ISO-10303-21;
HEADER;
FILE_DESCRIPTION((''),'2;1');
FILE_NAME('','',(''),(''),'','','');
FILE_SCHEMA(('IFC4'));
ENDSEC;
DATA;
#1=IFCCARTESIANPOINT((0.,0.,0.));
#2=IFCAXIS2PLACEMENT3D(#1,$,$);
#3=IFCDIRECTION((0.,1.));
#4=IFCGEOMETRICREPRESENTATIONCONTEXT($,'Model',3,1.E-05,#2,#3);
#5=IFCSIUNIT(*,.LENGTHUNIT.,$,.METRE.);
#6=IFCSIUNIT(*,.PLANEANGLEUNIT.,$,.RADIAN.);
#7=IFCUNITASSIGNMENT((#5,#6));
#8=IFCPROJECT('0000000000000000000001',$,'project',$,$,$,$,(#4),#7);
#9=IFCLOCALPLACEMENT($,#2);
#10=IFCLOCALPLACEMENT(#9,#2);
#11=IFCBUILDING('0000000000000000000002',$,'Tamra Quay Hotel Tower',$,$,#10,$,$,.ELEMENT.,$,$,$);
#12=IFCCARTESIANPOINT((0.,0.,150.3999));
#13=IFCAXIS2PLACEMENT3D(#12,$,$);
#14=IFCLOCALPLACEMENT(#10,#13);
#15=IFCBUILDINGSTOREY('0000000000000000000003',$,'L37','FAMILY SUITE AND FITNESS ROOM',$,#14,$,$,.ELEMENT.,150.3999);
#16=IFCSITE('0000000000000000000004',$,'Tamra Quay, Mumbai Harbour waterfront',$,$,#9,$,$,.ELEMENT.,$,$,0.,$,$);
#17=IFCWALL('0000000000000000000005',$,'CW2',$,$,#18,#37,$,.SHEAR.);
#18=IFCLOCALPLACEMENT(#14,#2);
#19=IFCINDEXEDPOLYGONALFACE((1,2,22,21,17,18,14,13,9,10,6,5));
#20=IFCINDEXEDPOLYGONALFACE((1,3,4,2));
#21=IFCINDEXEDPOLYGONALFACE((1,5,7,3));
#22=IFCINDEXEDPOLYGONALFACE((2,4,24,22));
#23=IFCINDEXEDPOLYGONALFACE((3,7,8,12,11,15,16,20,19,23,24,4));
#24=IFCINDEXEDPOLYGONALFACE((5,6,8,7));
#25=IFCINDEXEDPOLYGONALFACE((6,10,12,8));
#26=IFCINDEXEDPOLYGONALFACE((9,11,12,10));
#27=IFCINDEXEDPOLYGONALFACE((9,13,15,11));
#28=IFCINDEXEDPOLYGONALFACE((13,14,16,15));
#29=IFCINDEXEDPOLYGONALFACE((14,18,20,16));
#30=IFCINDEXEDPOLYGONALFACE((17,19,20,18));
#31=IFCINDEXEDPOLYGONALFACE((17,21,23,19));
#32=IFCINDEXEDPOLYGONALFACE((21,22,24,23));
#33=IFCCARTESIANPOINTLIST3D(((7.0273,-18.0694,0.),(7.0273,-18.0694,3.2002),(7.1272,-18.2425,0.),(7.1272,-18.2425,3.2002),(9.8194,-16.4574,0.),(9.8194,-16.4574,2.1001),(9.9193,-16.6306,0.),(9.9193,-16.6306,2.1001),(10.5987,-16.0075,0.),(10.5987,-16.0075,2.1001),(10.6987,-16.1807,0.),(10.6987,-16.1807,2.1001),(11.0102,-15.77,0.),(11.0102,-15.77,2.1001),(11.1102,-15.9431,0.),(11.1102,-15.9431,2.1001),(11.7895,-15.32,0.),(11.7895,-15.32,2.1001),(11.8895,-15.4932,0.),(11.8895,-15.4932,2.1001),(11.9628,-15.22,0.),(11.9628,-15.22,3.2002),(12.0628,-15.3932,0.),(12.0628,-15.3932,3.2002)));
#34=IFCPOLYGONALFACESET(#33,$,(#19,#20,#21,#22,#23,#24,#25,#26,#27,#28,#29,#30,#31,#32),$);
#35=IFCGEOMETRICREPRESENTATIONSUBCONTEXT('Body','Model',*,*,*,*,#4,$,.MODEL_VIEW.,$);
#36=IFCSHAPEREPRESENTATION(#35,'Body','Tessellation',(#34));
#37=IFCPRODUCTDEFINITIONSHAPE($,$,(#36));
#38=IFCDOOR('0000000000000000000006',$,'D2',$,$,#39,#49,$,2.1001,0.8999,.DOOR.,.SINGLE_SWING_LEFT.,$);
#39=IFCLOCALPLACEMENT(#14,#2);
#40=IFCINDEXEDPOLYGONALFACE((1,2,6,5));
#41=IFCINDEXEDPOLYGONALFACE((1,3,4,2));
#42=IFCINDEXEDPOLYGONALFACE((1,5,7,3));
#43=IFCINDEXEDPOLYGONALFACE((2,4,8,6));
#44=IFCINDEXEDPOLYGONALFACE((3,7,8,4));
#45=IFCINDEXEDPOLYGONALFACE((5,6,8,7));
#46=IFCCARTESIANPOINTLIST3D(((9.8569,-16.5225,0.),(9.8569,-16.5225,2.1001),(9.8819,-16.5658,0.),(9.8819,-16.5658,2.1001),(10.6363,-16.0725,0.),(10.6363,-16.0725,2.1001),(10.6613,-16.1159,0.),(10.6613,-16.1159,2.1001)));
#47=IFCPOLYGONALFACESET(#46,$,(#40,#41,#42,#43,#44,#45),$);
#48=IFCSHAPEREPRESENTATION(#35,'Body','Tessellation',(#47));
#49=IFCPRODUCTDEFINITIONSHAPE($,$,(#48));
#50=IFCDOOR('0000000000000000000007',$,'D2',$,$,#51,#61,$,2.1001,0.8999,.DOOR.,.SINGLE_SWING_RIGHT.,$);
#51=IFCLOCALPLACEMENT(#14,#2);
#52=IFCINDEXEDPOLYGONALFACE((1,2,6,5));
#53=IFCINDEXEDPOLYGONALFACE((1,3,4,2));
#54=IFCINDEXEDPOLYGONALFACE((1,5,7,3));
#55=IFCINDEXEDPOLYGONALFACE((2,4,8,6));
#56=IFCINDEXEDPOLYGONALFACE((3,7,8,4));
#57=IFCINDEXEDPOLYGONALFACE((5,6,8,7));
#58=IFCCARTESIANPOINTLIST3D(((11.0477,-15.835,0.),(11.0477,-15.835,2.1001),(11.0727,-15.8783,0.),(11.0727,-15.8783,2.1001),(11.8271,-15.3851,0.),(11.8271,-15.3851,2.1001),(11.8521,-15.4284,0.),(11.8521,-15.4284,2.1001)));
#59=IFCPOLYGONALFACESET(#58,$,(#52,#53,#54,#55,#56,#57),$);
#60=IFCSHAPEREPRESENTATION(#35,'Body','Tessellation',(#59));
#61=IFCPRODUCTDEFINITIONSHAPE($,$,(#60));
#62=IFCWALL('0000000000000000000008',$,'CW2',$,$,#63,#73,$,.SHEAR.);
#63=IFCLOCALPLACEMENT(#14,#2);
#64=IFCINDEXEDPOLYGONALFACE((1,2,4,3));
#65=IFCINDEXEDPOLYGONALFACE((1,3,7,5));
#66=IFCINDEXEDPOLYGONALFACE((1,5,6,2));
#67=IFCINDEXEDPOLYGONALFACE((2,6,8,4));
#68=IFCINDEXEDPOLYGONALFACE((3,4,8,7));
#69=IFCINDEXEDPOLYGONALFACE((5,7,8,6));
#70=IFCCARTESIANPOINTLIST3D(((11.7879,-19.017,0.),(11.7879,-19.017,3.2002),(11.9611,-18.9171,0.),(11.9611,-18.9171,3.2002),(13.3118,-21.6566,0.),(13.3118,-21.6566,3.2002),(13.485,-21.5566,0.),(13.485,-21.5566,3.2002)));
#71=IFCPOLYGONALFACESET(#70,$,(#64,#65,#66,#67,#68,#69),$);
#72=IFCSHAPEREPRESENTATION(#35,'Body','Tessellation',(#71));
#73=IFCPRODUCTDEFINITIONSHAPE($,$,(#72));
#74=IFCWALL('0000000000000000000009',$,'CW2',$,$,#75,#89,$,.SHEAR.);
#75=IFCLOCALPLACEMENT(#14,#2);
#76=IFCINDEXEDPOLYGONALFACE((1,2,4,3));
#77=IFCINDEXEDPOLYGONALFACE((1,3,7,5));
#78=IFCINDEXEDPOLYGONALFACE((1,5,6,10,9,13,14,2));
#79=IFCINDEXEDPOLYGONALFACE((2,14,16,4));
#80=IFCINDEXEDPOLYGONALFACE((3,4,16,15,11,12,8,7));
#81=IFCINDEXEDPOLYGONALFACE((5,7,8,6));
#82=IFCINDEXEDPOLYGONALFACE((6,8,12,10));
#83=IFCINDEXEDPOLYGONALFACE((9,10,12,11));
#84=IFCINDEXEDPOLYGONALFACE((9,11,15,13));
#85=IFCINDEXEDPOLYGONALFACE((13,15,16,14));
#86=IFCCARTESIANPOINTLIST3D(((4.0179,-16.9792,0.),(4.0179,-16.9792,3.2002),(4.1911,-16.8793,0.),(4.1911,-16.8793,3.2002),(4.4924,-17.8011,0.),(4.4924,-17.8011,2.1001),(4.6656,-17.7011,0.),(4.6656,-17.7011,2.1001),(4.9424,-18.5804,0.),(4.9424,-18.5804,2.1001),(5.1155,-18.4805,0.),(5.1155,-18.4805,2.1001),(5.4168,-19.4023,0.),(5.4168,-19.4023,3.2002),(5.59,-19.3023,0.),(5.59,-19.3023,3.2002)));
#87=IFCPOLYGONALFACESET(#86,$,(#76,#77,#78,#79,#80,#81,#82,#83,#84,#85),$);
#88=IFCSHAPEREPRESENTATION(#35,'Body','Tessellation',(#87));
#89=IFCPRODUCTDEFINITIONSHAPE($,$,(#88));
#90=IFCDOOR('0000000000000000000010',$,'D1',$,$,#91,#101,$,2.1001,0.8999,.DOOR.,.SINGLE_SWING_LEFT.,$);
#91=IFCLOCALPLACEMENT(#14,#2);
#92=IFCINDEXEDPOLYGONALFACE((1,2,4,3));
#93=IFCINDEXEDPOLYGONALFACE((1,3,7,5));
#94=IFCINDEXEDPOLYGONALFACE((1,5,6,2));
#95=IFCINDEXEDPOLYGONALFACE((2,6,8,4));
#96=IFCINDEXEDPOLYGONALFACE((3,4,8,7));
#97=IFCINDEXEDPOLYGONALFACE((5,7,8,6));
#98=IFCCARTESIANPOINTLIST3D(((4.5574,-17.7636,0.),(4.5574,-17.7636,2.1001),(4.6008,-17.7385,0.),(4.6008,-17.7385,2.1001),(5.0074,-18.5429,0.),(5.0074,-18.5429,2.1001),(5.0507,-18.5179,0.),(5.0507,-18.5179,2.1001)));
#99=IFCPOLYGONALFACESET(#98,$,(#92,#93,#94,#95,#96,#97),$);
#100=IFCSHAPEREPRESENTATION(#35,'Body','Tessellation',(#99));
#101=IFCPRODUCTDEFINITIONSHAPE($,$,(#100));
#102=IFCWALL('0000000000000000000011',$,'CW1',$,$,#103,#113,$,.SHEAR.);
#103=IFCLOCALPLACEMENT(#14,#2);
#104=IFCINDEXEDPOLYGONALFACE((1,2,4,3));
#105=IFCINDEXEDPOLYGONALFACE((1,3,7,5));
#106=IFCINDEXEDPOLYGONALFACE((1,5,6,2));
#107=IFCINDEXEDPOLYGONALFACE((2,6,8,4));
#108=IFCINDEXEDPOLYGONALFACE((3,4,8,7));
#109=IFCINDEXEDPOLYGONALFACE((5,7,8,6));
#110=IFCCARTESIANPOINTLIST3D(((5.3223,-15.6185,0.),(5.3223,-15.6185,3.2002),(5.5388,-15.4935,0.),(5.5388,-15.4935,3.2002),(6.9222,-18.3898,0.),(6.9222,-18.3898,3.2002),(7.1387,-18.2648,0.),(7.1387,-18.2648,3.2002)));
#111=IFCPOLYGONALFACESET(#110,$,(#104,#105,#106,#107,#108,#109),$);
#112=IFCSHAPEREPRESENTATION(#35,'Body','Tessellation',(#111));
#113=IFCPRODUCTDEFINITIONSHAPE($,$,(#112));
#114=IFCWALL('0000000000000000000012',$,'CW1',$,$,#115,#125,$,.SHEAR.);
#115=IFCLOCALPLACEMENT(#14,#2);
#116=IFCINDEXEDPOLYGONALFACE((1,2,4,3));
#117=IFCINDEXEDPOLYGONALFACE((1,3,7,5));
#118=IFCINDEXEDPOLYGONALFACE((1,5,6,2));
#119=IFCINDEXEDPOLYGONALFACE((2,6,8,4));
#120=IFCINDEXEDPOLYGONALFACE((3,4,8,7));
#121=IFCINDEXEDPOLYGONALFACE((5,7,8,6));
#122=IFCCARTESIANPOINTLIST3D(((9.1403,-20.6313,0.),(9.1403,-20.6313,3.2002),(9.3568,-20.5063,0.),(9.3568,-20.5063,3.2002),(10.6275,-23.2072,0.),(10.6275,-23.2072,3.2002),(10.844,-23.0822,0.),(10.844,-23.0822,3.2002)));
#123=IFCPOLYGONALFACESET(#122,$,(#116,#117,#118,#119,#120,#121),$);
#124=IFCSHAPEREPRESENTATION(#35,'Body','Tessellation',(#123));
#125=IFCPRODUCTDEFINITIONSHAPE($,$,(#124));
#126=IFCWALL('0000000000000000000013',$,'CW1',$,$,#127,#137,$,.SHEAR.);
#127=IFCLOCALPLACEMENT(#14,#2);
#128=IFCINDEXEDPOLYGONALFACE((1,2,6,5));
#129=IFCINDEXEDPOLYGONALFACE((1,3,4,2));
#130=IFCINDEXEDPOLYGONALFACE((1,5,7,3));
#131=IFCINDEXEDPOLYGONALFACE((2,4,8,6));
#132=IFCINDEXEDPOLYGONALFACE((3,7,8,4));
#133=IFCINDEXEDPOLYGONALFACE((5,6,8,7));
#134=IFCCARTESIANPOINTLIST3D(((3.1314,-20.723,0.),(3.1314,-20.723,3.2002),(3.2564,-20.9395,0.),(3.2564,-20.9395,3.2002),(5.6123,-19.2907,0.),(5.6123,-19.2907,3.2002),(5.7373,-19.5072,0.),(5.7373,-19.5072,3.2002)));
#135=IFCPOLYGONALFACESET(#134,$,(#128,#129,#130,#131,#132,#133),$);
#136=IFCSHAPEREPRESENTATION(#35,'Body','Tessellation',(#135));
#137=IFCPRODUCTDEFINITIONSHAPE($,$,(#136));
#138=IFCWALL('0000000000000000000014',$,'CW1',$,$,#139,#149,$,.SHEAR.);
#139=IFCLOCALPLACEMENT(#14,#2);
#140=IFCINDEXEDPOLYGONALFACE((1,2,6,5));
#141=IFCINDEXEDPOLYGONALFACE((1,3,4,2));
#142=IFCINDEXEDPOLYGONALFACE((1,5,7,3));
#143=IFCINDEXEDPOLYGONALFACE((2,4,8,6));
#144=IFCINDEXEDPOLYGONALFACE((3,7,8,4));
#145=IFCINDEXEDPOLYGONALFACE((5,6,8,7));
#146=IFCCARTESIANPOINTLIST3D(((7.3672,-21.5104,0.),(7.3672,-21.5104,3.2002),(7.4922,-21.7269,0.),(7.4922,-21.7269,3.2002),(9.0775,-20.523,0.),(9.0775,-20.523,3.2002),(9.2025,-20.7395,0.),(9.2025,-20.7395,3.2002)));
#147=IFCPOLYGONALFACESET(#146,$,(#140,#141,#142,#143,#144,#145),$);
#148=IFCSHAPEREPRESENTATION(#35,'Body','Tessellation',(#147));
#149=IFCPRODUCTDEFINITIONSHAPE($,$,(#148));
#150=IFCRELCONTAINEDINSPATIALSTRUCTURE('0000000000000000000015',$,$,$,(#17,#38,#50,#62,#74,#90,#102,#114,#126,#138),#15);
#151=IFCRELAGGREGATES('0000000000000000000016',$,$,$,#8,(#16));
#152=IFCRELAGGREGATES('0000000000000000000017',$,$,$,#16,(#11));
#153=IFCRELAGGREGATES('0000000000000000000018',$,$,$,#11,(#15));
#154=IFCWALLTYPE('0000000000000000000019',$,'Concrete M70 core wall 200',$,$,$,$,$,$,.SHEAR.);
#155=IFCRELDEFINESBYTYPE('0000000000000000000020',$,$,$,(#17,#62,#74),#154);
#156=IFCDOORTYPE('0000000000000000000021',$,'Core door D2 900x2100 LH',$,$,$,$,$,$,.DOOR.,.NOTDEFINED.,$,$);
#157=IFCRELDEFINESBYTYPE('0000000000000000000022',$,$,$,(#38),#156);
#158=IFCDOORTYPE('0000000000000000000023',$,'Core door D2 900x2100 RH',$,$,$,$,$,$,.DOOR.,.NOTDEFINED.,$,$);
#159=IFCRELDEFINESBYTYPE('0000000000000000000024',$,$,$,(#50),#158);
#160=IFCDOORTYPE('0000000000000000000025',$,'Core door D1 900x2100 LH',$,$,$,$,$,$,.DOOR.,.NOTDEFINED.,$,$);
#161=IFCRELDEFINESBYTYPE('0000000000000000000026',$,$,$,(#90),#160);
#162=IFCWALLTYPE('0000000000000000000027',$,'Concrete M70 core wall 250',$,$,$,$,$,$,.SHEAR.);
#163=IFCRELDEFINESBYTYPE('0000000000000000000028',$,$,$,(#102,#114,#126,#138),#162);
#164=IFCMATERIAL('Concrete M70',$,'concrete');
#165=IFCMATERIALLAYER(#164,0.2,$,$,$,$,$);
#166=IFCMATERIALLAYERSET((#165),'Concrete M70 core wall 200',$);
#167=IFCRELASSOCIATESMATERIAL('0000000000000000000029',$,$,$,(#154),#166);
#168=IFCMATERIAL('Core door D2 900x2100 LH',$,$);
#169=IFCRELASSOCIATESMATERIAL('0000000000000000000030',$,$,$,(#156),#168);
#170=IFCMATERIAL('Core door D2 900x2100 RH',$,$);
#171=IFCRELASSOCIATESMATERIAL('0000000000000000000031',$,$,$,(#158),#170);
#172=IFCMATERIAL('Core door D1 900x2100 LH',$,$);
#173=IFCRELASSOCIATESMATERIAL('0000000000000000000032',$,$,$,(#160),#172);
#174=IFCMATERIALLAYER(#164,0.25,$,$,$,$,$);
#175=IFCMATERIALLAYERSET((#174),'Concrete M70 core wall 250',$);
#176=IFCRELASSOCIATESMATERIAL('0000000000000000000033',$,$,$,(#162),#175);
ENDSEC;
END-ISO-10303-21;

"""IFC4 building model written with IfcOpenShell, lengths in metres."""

from ifc_helpers import new_model, si_unit, direction, frame, frame_2d, origin, place, context, subcontext, project, spatial, rectangle, extrude, material, layer, layer_set, type_object, element, fill, save


model = new_model("IFC4")

# Units and contexts
model_context = context("Model", 3, precision=1e-05, world=origin(), true_north=direction((0.0, 1.0)))
body_context = subcontext(model_context, "Body", "Model", "MODEL_VIEW")
ifc_project = project(units=[si_unit("LENGTHUNIT", "METRE"), si_unit("PLANEANGLEUNIT", "RADIAN")], contexts=[model_context])

# Site, building, storey
site_placement = place(None, origin())
site = spatial("IfcSite", under=ifc_project, at=site_placement, Name="Tamra Quay, Mumbai Harbour waterfront", CompositionType="ELEMENT", RefElevation=0.0)
building_placement = place(site_placement, origin())
building = spatial("IfcBuilding", under=site, at=building_placement, Name="Tamra Quay Hotel Tower", CompositionType="ELEMENT")
storey_placement = place(building_placement, frame((0.0, 0.0, 150.3999)))
storey = spatial("IfcBuildingStorey", under=building, at=storey_placement, Name="L37", Description="FAMILY SUITE AND FITNESS ROOM", CompositionType="ELEMENT", Elevation=150.3999)

# Shared definitions
ifc_material_1 = material(Name="Concrete M70", Category="concrete")

# Wall, openings, doors
ifc_layer_1 = layer(ifc_material_1, 0.2)
ifc_layer_set_1 = layer_set([ifc_layer_1], Name="Concrete M70 core wall 200")
wall_type_1 = type_object("IfcWallType", Name="Concrete M70 core wall 200", PredefinedType="SHEAR", material=ifc_layer_set_1)
wall_1_placement = place(storey_placement, frame((7.0771, -18.156, 0.0), z_axis=(0.0, 0.0, 1.0), x_axis=(0.866039, 0.499977, 0.0)))
wall_1 = element("IfcWall", 1, at=wall_1_placement, inside=storey, type_object=wall_type_1, Name="CW2", PredefinedType="SHEAR", context=body_context, shape_type="SweptSolid", body=[
    extrude(rectangle(XDim=5.699, YDim=0.2, at=frame_2d((2.8496, 0.0))), origin(), (0.0, 0.0, 1.0), 3.2002),
])
opening_1_placement = place(wall_1_placement, frame((3.2241, 0.0, 0.0)))
opening_1 = element("IfcOpeningElement", 2, at=opening_1_placement, cuts=wall_1, PredefinedType="OPENING", context=body_context, shape_type="SweptSolid", body=[
    extrude(rectangle(XDim=0.8999, YDim=2.1001, at=frame_2d((0.45, 1.05))), frame((0.0, 0.1099, 0.0), z_axis=(0.0, -1.0, 0.0), x_axis=(1.0, 0.0, 0.0)), (0.0, 0.0, 1.0), 0.22),
])
opening_2_placement = place(wall_1_placement, frame((4.5991, 0.0, 0.0)))
opening_2 = element("IfcOpeningElement", 3, at=opening_2_placement, cuts=wall_1, PredefinedType="OPENING", context=body_context, shape_type="SweptSolid", body=[
    extrude(rectangle(XDim=0.8999, YDim=2.1001, at=frame_2d((0.45, 1.05))), frame((0.0, 0.1099, 0.0), z_axis=(0.0, -1.0, 0.0), x_axis=(1.0, 0.0, 0.0)), (0.0, 0.0, 1.0), 0.22),
])
ifc_material_2 = material(Name="Core door D2 900x2100 LH")
door_type_1 = type_object("IfcDoorType", Name="Core door D2 900x2100 LH", OperationType="NOTDEFINED", PredefinedType="DOOR", material=ifc_material_2)
door_1_placement = place(opening_1_placement, origin())
door_1 = element("IfcDoor", 4, at=door_1_placement, inside=storey, type_object=door_type_1, Name="D2", OperationType="SINGLE_SWING_LEFT", OverallHeight=2.1001, OverallWidth=0.8999, PredefinedType="DOOR", context=body_context, shape_type="SweptSolid", body=[
    extrude(rectangle(XDim=0.8999, YDim=2.1001, at=frame_2d((0.45, 1.05))), frame((0.0, 0.0249, 0.0), z_axis=(0.0, -1.0, 0.0), x_axis=(1.0, 0.0, 0.0)), (0.0, 0.0, 1.0), 0.05),
])
fill(opening_1, door_1)
ifc_material_3 = material(Name="Core door D2 900x2100 RH")
door_type_2 = type_object("IfcDoorType", Name="Core door D2 900x2100 RH", OperationType="NOTDEFINED", PredefinedType="DOOR", material=ifc_material_3)
door_2_placement = place(opening_2_placement, origin())
door_2 = element("IfcDoor", 5, at=door_2_placement, inside=storey, type_object=door_type_2, Name="D2", OperationType="SINGLE_SWING_RIGHT", OverallHeight=2.1001, OverallWidth=0.8999, PredefinedType="DOOR", context=body_context, shape_type="SweptSolid", body=[
    extrude(rectangle(XDim=0.8999, YDim=2.1001, at=frame_2d((0.45, 1.05))), frame((0.0, 0.0249, 0.0), z_axis=(0.0, -1.0, 0.0), x_axis=(1.0, 0.0, 0.0)), (0.0, 0.0, 1.0), 0.05),
])
fill(opening_2, door_2)

# Wall
wall_2_placement = place(storey_placement, frame((11.8745, -18.967, 0.0), z_axis=(0.0, 0.0, 1.0), x_axis=(0.499981, -0.866036, 0.0)))
element("IfcWall", 6, at=wall_2_placement, inside=storey, type_object=wall_type_1, Name="CW2", PredefinedType="SHEAR", context=body_context, shape_type="SweptSolid", body=[
    extrude(rectangle(XDim=3.0479, YDim=0.2, at=frame_2d((1.5239, 0.0))), origin(), (0.0, 0.0, 1.0), 3.2002),
])

# Wall, opening, door
wall_3_placement = place(storey_placement, frame((5.5034, -19.3523, 0.0), z_axis=(0.0, 0.0, 1.0), x_axis=(-0.499987, 0.866033, 0.0)))
wall_3 = element("IfcWall", 7, at=wall_3_placement, inside=storey, type_object=wall_type_1, Name="CW2", PredefinedType="SHEAR", context=body_context, shape_type="SweptSolid", body=[
    extrude(rectangle(XDim=2.7979, YDim=0.2, at=frame_2d((1.3989, 0.0))), origin(), (0.0, 0.0, 1.0), 3.2002),
])
opening_3_placement = place(wall_3_placement, frame((0.949, 0.0, 0.0)))
opening_3 = element("IfcOpeningElement", 8, at=opening_3_placement, cuts=wall_3, PredefinedType="OPENING", context=body_context, shape_type="SweptSolid", body=[
    extrude(rectangle(XDim=0.8999, YDim=2.1001, at=frame_2d((0.45, 1.05))), frame((0.0, 0.1099, 0.0), z_axis=(0.0, -1.0, 0.0), x_axis=(1.0, 0.0, 0.0)), (0.0, 0.0, 1.0), 0.22),
])
ifc_material_4 = material(Name="Core door D1 900x2100 LH")
door_type_3 = type_object("IfcDoorType", Name="Core door D1 900x2100 LH", OperationType="NOTDEFINED", PredefinedType="DOOR", material=ifc_material_4)
door_3_placement = place(opening_3_placement, origin())
door_3 = element("IfcDoor", 9, at=door_3_placement, inside=storey, type_object=door_type_3, Name="D1", OperationType="SINGLE_SWING_LEFT", OverallHeight=2.1001, OverallWidth=0.8999, PredefinedType="DOOR", context=body_context, shape_type="SweptSolid", body=[
    extrude(rectangle(XDim=0.8999, YDim=2.1001, at=frame_2d((0.45, 1.05))), frame((0.0, 0.0249, 0.0), z_axis=(0.0, -1.0, 0.0), x_axis=(1.0, 0.0, 0.0)), (0.0, 0.0, 1.0), 0.05),
])
fill(opening_3, door_3)

# Walls
ifc_layer_2 = layer(ifc_material_1, 0.25)
ifc_layer_set_2 = layer_set([ifc_layer_2], Name="Concrete M70 core wall 250")
wall_type_2 = type_object("IfcWallType", Name="Concrete M70 core wall 250", PredefinedType="SHEAR", material=ifc_layer_set_2)
wall_4_placement = place(storey_placement, frame((7.0305, -18.3274, 0.0), z_axis=(0.0, 0.0, 1.0), x_axis=(-0.499971, 0.866042, 0.0)))
element("IfcWall", 10, at=wall_4_placement, inside=storey, type_object=wall_type_2, Name="CW1", PredefinedType="SHEAR", context=body_context, shape_type="SweptSolid", body=[
    extrude(rectangle(XDim=3.2, YDim=0.25, at=frame_2d((1.6001, 0.0))), origin(), (0.0, 0.0, 1.0), 3.2002),
])
wall_5_placement = place(storey_placement, frame((10.7358, -23.1448, 0.0), z_axis=(0.0, 0.0, 1.0), x_axis=(-0.500023, 0.866012, 0.0)))
element("IfcWall", 11, at=wall_5_placement, inside=storey, type_object=wall_type_2, Name="CW1", PredefinedType="SHEAR", context=body_context, shape_type="SweptSolid", body=[
    extrude(rectangle(XDim=2.9744, YDim=0.25, at=frame_2d((1.4873, 0.0))), origin(), (0.0, 0.0, 1.0), 3.2002),
])
wall_6_placement = place(storey_placement, frame((5.6748, -19.3989, 0.0), z_axis=(0.0, 0.0, 1.0), x_axis=(-0.866027, -0.499998, 0.0)))
element("IfcWall", 12, at=wall_6_placement, inside=storey, type_object=wall_type_2, Name="CW1", PredefinedType="SHEAR", context=body_context, shape_type="SweptSolid", body=[
    extrude(rectangle(XDim=2.8647, YDim=0.25, at=frame_2d((1.4324, 0.0))), origin(), (0.0, 0.0, 1.0), 3.2002),
])
wall_7_placement = place(storey_placement, frame((9.1399, -20.6313, 0.0), z_axis=(0.0, 0.0, 1.0), x_axis=(-0.866044, -0.499969, 0.0)))
element("IfcWall", 13, at=wall_7_placement, inside=storey, type_object=wall_type_2, Name="CW1", PredefinedType="SHEAR", context=body_context, shape_type="SweptSolid", body=[
    extrude(rectangle(XDim=1.9749, YDim=0.25, at=frame_2d((0.9873, 0.0))), origin(), (0.0, 0.0, 1.0), 3.2002),
])

save(model, "model.ifc")
